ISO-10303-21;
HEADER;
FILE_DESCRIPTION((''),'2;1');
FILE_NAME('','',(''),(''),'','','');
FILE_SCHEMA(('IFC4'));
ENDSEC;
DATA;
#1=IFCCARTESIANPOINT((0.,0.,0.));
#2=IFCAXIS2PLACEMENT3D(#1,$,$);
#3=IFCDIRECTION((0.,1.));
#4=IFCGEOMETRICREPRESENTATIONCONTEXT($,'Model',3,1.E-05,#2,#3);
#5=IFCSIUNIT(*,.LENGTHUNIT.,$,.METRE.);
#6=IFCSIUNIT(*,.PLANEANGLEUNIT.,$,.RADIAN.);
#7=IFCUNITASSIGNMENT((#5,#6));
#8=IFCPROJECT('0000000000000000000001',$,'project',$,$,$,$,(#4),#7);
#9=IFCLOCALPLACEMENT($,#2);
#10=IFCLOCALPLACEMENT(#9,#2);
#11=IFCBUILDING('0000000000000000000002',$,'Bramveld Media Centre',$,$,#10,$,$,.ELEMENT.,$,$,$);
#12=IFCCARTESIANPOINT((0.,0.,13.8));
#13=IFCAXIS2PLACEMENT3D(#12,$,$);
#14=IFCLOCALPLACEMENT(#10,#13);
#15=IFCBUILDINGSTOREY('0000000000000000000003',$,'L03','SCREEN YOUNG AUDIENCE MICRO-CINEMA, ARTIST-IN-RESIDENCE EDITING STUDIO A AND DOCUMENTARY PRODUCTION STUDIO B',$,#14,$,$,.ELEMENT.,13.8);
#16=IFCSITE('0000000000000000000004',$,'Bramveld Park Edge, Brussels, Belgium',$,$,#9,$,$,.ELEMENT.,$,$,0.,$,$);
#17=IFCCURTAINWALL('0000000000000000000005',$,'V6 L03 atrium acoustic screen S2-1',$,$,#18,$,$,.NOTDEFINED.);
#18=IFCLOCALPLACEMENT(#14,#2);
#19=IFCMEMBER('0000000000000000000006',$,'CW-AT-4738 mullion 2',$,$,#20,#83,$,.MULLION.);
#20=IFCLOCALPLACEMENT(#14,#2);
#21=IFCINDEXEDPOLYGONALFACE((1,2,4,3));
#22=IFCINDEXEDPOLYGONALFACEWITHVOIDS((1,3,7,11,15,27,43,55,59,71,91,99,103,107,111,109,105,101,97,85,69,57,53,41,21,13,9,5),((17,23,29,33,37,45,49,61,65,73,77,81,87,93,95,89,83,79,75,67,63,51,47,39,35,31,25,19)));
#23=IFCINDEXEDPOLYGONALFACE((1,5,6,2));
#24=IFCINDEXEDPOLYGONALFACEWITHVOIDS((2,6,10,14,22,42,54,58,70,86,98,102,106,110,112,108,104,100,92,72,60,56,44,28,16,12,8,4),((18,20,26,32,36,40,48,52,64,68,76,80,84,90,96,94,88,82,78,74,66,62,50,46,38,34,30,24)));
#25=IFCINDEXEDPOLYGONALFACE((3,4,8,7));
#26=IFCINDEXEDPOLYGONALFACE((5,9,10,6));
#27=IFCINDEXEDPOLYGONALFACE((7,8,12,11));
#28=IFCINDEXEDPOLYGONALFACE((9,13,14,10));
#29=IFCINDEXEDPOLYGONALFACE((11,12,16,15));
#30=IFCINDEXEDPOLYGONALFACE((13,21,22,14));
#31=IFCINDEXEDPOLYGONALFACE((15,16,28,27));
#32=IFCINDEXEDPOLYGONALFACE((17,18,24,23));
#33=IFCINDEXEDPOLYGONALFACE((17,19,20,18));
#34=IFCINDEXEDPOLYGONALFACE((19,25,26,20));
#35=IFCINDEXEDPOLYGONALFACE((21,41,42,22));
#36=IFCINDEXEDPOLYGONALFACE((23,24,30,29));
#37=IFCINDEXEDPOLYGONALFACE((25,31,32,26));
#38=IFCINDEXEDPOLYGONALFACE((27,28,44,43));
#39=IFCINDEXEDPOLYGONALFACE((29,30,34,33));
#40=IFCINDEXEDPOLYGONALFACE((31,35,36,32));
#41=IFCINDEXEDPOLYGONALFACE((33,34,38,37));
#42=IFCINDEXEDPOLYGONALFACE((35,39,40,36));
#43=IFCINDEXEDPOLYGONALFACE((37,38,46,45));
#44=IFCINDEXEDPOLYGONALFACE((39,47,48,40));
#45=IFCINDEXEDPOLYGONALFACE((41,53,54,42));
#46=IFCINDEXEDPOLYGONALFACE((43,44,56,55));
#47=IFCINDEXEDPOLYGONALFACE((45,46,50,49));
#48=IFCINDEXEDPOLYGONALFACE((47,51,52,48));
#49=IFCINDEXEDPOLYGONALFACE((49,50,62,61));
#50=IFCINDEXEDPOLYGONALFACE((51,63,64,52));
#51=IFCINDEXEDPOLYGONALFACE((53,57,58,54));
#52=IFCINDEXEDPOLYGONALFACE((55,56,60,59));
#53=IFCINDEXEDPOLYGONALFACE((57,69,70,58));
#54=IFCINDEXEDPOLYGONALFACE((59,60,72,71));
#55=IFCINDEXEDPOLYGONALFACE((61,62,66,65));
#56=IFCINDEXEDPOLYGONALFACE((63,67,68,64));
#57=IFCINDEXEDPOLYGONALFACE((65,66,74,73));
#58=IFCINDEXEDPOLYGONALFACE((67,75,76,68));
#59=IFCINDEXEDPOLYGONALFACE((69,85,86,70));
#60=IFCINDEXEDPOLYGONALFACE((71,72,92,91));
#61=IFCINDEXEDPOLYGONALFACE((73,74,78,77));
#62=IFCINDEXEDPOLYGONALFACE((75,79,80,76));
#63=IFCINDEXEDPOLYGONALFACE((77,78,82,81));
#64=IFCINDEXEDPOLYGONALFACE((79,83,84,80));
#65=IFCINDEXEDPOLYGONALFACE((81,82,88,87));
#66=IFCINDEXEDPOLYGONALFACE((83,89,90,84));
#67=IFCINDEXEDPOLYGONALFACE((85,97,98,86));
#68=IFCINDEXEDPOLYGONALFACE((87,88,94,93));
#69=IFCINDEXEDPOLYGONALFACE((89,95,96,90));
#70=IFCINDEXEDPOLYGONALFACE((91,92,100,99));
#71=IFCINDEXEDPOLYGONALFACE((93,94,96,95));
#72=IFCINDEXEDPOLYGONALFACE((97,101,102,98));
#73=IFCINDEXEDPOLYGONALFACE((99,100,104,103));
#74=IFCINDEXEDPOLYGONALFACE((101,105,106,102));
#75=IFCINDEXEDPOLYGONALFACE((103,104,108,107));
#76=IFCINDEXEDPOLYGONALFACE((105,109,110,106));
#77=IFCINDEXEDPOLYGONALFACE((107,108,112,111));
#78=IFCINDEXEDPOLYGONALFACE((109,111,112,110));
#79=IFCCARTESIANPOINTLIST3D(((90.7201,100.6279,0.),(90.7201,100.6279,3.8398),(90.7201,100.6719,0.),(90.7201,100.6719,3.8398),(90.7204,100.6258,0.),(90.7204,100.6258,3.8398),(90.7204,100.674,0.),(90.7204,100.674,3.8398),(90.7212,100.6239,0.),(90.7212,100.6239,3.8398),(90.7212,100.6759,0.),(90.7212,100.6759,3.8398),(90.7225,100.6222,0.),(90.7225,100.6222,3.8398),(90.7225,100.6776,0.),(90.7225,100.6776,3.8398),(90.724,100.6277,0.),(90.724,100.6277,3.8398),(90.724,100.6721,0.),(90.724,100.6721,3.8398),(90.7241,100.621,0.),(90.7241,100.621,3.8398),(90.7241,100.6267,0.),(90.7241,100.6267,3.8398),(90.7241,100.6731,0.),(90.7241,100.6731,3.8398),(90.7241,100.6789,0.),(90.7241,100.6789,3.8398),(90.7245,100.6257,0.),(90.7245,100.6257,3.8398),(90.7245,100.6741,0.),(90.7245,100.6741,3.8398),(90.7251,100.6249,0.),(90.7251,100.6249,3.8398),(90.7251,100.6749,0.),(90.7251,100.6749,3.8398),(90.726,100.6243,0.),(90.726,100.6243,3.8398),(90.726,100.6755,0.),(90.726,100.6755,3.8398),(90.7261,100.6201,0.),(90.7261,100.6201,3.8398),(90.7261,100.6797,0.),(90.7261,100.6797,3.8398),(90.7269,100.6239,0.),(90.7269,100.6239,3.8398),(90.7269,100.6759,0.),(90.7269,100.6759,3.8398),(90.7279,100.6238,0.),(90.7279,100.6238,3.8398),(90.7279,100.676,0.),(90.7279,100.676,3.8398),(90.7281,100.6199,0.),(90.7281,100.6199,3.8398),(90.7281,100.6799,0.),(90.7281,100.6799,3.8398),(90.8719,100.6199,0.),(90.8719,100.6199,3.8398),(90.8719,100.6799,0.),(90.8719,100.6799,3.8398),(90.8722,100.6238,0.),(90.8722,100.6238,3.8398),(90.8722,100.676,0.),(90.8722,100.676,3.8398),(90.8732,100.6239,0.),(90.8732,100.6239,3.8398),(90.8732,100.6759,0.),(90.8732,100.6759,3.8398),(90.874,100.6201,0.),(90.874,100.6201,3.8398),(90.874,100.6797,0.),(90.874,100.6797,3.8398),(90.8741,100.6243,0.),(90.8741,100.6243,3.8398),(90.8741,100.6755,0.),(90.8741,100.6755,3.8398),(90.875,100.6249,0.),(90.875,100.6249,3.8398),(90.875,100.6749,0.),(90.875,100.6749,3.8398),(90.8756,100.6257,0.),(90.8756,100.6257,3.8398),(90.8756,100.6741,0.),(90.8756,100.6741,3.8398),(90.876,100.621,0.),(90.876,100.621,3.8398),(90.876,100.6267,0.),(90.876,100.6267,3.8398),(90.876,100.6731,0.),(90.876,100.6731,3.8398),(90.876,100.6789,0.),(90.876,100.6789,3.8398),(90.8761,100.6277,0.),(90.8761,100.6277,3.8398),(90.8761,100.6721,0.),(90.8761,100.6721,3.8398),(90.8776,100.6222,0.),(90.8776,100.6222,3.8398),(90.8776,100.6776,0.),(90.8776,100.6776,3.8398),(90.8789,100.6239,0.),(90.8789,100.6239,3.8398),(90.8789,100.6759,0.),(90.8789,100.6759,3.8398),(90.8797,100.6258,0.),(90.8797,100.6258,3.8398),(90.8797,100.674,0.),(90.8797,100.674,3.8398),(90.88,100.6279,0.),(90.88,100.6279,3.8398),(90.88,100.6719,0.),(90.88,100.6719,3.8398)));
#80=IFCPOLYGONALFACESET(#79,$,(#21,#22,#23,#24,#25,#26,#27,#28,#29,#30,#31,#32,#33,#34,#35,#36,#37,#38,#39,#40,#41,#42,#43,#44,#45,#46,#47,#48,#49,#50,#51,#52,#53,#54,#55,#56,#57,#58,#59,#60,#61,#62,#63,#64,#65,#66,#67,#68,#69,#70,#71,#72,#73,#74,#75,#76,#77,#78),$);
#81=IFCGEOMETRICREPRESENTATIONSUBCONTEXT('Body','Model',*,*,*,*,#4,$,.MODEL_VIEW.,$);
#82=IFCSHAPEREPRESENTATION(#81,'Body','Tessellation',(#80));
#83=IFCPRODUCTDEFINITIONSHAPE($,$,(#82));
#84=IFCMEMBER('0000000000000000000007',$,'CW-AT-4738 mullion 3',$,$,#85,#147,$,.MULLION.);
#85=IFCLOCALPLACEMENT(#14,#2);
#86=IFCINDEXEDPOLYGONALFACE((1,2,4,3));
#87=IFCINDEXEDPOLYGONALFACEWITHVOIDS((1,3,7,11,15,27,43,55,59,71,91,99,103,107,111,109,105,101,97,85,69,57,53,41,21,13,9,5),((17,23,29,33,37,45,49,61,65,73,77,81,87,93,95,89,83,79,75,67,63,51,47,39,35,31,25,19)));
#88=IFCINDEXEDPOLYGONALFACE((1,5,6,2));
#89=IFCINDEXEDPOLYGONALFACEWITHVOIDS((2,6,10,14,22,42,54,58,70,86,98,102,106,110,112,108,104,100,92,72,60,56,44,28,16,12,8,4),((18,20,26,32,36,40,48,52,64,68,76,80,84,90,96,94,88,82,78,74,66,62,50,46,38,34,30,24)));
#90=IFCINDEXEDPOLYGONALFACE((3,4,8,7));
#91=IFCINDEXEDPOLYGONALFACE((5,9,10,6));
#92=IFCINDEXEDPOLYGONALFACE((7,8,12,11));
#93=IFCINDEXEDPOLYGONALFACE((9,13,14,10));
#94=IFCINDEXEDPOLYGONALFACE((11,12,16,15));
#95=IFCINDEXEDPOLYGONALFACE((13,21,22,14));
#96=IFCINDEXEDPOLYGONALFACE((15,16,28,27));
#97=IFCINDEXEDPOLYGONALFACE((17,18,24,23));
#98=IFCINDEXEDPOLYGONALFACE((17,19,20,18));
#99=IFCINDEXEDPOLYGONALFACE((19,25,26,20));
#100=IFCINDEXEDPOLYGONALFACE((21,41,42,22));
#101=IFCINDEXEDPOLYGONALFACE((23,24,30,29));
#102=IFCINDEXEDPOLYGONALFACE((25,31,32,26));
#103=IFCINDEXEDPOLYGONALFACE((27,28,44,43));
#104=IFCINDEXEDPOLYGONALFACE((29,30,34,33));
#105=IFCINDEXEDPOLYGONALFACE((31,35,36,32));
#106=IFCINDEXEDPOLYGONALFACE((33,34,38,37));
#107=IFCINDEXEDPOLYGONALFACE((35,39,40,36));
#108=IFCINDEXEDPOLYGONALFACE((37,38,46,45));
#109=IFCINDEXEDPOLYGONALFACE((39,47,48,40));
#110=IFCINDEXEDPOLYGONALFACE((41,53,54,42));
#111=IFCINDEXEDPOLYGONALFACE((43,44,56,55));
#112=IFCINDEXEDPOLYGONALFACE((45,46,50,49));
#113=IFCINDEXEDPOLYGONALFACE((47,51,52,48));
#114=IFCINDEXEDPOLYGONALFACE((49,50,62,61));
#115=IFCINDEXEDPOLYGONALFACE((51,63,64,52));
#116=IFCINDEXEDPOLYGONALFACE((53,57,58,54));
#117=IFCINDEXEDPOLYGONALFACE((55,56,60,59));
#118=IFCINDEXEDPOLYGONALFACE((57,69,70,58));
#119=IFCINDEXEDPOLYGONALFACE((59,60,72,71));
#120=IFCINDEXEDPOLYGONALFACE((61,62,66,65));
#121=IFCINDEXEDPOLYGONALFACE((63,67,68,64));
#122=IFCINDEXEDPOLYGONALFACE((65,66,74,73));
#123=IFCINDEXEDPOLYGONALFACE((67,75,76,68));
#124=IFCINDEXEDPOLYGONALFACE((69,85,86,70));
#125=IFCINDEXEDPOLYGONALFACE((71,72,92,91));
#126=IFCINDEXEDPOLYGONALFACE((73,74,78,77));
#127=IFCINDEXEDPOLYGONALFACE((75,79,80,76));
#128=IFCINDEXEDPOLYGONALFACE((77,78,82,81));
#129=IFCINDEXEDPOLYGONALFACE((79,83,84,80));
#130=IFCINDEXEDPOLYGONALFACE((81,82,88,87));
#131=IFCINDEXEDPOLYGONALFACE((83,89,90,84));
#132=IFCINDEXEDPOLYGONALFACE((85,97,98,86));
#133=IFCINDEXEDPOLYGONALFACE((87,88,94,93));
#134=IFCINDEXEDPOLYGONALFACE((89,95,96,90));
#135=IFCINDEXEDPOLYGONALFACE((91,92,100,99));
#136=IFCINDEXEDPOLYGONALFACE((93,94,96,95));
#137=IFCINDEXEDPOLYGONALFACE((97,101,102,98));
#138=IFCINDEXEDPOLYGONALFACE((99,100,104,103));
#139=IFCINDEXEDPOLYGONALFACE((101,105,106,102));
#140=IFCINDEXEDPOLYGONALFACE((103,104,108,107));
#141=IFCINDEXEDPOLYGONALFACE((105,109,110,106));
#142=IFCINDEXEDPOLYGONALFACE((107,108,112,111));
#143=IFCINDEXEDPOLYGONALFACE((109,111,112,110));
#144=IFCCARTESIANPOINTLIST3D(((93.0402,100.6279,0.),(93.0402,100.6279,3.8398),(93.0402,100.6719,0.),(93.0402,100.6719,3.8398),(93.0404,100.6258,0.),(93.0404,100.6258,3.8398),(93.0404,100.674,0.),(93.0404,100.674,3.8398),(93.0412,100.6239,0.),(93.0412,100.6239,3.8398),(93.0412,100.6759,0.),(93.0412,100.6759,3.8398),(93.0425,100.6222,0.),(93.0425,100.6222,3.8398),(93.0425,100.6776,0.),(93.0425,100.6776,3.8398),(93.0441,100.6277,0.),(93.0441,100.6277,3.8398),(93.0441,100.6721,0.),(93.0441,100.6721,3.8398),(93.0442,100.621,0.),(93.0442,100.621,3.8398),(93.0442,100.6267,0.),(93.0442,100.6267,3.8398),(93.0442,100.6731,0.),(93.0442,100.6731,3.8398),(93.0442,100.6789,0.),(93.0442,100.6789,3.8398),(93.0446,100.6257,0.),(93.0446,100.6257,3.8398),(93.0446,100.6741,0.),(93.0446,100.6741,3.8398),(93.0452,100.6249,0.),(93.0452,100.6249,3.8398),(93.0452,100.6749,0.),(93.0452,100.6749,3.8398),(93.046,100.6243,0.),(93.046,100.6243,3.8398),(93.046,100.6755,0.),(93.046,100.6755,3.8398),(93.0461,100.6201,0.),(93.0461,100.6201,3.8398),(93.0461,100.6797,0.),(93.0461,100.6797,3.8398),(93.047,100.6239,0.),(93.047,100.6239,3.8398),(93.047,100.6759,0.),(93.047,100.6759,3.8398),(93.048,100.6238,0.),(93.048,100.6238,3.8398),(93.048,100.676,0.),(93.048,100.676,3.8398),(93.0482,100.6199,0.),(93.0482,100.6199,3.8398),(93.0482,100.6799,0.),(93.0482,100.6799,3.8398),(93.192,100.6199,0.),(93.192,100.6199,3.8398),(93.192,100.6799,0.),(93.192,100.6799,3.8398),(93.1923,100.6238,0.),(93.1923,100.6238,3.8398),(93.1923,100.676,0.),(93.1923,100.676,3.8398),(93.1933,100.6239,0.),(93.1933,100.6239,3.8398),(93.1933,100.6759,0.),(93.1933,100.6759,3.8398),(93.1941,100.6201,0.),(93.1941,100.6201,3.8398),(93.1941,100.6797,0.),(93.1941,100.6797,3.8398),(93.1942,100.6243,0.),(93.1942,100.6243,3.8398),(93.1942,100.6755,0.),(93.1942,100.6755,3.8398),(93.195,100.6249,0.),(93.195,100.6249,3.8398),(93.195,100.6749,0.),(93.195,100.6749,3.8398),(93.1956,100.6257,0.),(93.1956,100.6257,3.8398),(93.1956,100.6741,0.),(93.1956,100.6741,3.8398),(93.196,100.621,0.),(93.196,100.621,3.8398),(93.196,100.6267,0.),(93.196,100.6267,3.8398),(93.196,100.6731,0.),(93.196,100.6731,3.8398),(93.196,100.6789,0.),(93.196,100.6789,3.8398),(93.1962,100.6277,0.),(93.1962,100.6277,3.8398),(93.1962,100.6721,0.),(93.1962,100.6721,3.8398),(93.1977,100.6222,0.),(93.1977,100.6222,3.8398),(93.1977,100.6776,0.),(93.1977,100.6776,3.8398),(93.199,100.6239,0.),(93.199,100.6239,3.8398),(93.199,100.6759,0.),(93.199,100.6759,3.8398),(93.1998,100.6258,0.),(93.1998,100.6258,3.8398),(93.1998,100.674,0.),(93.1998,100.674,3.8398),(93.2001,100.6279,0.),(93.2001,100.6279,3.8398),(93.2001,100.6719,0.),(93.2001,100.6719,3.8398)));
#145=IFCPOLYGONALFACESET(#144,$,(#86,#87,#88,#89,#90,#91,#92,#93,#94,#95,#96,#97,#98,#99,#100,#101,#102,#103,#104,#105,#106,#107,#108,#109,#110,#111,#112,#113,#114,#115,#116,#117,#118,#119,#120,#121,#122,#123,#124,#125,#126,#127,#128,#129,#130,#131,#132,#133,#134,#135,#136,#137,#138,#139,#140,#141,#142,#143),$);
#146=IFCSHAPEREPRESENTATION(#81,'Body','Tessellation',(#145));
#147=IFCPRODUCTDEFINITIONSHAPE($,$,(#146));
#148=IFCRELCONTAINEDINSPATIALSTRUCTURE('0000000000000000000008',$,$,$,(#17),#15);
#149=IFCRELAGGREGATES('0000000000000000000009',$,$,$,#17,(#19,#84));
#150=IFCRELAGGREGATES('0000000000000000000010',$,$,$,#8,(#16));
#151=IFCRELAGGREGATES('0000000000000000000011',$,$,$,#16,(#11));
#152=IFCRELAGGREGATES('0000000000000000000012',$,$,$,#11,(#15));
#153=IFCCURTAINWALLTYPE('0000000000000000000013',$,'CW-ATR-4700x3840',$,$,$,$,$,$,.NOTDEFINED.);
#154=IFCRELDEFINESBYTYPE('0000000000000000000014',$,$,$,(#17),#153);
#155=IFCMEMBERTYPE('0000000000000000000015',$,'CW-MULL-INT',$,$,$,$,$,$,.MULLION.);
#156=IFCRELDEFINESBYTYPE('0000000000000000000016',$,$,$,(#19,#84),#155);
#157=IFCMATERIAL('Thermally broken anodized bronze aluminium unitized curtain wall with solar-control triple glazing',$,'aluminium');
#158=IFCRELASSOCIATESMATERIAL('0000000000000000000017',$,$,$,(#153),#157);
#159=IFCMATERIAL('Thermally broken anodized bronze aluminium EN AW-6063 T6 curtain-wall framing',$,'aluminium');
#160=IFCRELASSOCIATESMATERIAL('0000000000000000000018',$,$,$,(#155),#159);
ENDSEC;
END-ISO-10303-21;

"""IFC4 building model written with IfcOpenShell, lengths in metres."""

from ifc_helpers import new_model, si_unit, direction, frame, origin, origin_2d, place, context, subcontext, project, spatial, hollow_rectangle, extrude, material, material_profile, profile_set, type_object, element, aggregate, save


model = new_model("IFC4")

# Units and contexts
model_context = context("Model", 3, precision=1e-05, world=origin(), true_north=direction((0.0, 1.0)))
body_context = subcontext(model_context, "Body", "Model", "MODEL_VIEW")
ifc_project = project(units=[si_unit("LENGTHUNIT", "METRE"), si_unit("PLANEANGLEUNIT", "RADIAN")], contexts=[model_context])

# Site, building, storey
site_placement = place(None, origin())
site = spatial("IfcSite", under=ifc_project, at=site_placement, Name="Bramveld Park Edge, Brussels, Belgium", CompositionType="ELEMENT", RefElevation=0.0)
building_placement = place(site_placement, origin())
building = spatial("IfcBuilding", under=site, at=building_placement, Name="Bramveld Media Centre", CompositionType="ELEMENT")
storey_placement = place(building_placement, frame((0.0, 0.0, 13.8)))
storey = spatial("IfcBuildingStorey", under=building, at=storey_placement, Name="L03", Description="SCREEN YOUNG AUDIENCE MICRO-CINEMA, ARTIST-IN-RESIDENCE EDITING STUDIO A AND DOCUMENTARY PRODUCTION STUDIO B", CompositionType="ELEMENT", Elevation=13.8)

# Shared definitions
ifc_material_1 = material(Name="Thermally broken anodized bronze aluminium unitized curtain wall with solar-control triple glazing", Category="aluminium")
curtain_wall_type = type_object("IfcCurtainWallType", Name="CW-ATR-4700x3840", PredefinedType="NOTDEFINED", material=ifc_material_1)
ifc_material_2 = material(Name="Thermally broken anodized bronze aluminium EN AW-6063 T6 curtain-wall framing", Category="aluminium")
ifc_material_profile_1 = material_profile(ifc_material_2, hollow_rectangle(XDim=0.0601, YDim=0.1599, WallThickness=0.0039, InnerFilletRadius=0.0039, OuterFilletRadius=0.0081, at=origin_2d()), Name="AL-MULL 60x160")
ifc_profile_set_1 = profile_set([ifc_material_profile_1], Name="Thermally broken anodized bronze aluminium EN AW-6063 T6 curtain-wall framing")
member_type_1 = type_object("IfcMemberType", Name="CW-MULL-INT", PredefinedType="MULLION", material=ifc_profile_set_1)

# Curtain wall, members
curtain_wall_1_placement = place(storey_placement, origin())
curtain_wall_1 = element("IfcCurtainWall", 1, at=curtain_wall_1_placement, inside=storey, type_object=curtain_wall_type, Name="V6 L03 atrium acoustic screen S2-1", PredefinedType="NOTDEFINED")
member_1_placement = place(storey_placement, frame((90.8, 100.6499, 0.0), z_axis=(0.0, 0.0, 1.0), x_axis=(0.0, 1.0, 0.0)))
member_1 = element("IfcMember", 2, at=member_1_placement, type_object=member_type_1, Name="CW-AT-4738 mullion 2", PredefinedType="MULLION", context=body_context, shape_type="SweptSolid", body=[
    extrude(hollow_rectangle(XDim=0.0601, YDim=0.1599, WallThickness=0.0039, InnerFilletRadius=0.0039, OuterFilletRadius=0.0081, at=origin_2d()), origin(), (0.0, 0.0, 1.0), 3.8398),
])
member_2_placement = place(storey_placement, frame((93.1201, 100.6499, 0.0), z_axis=(0.0, 0.0, 1.0), x_axis=(0.0, 1.0, 0.0)))
member_2 = element("IfcMember", 3, at=member_2_placement, type_object=member_type_1, Name="CW-AT-4738 mullion 3", PredefinedType="MULLION", context=body_context, shape_type="SweptSolid", body=[
    extrude(hollow_rectangle(XDim=0.0601, YDim=0.1599, WallThickness=0.0039, InnerFilletRadius=0.0039, OuterFilletRadius=0.0081, at=origin_2d()), origin(), (0.0, 0.0, 1.0), 3.8398),
])
aggregate(curtain_wall_1, [member_1, member_2])

save(model, "model.ifc")
